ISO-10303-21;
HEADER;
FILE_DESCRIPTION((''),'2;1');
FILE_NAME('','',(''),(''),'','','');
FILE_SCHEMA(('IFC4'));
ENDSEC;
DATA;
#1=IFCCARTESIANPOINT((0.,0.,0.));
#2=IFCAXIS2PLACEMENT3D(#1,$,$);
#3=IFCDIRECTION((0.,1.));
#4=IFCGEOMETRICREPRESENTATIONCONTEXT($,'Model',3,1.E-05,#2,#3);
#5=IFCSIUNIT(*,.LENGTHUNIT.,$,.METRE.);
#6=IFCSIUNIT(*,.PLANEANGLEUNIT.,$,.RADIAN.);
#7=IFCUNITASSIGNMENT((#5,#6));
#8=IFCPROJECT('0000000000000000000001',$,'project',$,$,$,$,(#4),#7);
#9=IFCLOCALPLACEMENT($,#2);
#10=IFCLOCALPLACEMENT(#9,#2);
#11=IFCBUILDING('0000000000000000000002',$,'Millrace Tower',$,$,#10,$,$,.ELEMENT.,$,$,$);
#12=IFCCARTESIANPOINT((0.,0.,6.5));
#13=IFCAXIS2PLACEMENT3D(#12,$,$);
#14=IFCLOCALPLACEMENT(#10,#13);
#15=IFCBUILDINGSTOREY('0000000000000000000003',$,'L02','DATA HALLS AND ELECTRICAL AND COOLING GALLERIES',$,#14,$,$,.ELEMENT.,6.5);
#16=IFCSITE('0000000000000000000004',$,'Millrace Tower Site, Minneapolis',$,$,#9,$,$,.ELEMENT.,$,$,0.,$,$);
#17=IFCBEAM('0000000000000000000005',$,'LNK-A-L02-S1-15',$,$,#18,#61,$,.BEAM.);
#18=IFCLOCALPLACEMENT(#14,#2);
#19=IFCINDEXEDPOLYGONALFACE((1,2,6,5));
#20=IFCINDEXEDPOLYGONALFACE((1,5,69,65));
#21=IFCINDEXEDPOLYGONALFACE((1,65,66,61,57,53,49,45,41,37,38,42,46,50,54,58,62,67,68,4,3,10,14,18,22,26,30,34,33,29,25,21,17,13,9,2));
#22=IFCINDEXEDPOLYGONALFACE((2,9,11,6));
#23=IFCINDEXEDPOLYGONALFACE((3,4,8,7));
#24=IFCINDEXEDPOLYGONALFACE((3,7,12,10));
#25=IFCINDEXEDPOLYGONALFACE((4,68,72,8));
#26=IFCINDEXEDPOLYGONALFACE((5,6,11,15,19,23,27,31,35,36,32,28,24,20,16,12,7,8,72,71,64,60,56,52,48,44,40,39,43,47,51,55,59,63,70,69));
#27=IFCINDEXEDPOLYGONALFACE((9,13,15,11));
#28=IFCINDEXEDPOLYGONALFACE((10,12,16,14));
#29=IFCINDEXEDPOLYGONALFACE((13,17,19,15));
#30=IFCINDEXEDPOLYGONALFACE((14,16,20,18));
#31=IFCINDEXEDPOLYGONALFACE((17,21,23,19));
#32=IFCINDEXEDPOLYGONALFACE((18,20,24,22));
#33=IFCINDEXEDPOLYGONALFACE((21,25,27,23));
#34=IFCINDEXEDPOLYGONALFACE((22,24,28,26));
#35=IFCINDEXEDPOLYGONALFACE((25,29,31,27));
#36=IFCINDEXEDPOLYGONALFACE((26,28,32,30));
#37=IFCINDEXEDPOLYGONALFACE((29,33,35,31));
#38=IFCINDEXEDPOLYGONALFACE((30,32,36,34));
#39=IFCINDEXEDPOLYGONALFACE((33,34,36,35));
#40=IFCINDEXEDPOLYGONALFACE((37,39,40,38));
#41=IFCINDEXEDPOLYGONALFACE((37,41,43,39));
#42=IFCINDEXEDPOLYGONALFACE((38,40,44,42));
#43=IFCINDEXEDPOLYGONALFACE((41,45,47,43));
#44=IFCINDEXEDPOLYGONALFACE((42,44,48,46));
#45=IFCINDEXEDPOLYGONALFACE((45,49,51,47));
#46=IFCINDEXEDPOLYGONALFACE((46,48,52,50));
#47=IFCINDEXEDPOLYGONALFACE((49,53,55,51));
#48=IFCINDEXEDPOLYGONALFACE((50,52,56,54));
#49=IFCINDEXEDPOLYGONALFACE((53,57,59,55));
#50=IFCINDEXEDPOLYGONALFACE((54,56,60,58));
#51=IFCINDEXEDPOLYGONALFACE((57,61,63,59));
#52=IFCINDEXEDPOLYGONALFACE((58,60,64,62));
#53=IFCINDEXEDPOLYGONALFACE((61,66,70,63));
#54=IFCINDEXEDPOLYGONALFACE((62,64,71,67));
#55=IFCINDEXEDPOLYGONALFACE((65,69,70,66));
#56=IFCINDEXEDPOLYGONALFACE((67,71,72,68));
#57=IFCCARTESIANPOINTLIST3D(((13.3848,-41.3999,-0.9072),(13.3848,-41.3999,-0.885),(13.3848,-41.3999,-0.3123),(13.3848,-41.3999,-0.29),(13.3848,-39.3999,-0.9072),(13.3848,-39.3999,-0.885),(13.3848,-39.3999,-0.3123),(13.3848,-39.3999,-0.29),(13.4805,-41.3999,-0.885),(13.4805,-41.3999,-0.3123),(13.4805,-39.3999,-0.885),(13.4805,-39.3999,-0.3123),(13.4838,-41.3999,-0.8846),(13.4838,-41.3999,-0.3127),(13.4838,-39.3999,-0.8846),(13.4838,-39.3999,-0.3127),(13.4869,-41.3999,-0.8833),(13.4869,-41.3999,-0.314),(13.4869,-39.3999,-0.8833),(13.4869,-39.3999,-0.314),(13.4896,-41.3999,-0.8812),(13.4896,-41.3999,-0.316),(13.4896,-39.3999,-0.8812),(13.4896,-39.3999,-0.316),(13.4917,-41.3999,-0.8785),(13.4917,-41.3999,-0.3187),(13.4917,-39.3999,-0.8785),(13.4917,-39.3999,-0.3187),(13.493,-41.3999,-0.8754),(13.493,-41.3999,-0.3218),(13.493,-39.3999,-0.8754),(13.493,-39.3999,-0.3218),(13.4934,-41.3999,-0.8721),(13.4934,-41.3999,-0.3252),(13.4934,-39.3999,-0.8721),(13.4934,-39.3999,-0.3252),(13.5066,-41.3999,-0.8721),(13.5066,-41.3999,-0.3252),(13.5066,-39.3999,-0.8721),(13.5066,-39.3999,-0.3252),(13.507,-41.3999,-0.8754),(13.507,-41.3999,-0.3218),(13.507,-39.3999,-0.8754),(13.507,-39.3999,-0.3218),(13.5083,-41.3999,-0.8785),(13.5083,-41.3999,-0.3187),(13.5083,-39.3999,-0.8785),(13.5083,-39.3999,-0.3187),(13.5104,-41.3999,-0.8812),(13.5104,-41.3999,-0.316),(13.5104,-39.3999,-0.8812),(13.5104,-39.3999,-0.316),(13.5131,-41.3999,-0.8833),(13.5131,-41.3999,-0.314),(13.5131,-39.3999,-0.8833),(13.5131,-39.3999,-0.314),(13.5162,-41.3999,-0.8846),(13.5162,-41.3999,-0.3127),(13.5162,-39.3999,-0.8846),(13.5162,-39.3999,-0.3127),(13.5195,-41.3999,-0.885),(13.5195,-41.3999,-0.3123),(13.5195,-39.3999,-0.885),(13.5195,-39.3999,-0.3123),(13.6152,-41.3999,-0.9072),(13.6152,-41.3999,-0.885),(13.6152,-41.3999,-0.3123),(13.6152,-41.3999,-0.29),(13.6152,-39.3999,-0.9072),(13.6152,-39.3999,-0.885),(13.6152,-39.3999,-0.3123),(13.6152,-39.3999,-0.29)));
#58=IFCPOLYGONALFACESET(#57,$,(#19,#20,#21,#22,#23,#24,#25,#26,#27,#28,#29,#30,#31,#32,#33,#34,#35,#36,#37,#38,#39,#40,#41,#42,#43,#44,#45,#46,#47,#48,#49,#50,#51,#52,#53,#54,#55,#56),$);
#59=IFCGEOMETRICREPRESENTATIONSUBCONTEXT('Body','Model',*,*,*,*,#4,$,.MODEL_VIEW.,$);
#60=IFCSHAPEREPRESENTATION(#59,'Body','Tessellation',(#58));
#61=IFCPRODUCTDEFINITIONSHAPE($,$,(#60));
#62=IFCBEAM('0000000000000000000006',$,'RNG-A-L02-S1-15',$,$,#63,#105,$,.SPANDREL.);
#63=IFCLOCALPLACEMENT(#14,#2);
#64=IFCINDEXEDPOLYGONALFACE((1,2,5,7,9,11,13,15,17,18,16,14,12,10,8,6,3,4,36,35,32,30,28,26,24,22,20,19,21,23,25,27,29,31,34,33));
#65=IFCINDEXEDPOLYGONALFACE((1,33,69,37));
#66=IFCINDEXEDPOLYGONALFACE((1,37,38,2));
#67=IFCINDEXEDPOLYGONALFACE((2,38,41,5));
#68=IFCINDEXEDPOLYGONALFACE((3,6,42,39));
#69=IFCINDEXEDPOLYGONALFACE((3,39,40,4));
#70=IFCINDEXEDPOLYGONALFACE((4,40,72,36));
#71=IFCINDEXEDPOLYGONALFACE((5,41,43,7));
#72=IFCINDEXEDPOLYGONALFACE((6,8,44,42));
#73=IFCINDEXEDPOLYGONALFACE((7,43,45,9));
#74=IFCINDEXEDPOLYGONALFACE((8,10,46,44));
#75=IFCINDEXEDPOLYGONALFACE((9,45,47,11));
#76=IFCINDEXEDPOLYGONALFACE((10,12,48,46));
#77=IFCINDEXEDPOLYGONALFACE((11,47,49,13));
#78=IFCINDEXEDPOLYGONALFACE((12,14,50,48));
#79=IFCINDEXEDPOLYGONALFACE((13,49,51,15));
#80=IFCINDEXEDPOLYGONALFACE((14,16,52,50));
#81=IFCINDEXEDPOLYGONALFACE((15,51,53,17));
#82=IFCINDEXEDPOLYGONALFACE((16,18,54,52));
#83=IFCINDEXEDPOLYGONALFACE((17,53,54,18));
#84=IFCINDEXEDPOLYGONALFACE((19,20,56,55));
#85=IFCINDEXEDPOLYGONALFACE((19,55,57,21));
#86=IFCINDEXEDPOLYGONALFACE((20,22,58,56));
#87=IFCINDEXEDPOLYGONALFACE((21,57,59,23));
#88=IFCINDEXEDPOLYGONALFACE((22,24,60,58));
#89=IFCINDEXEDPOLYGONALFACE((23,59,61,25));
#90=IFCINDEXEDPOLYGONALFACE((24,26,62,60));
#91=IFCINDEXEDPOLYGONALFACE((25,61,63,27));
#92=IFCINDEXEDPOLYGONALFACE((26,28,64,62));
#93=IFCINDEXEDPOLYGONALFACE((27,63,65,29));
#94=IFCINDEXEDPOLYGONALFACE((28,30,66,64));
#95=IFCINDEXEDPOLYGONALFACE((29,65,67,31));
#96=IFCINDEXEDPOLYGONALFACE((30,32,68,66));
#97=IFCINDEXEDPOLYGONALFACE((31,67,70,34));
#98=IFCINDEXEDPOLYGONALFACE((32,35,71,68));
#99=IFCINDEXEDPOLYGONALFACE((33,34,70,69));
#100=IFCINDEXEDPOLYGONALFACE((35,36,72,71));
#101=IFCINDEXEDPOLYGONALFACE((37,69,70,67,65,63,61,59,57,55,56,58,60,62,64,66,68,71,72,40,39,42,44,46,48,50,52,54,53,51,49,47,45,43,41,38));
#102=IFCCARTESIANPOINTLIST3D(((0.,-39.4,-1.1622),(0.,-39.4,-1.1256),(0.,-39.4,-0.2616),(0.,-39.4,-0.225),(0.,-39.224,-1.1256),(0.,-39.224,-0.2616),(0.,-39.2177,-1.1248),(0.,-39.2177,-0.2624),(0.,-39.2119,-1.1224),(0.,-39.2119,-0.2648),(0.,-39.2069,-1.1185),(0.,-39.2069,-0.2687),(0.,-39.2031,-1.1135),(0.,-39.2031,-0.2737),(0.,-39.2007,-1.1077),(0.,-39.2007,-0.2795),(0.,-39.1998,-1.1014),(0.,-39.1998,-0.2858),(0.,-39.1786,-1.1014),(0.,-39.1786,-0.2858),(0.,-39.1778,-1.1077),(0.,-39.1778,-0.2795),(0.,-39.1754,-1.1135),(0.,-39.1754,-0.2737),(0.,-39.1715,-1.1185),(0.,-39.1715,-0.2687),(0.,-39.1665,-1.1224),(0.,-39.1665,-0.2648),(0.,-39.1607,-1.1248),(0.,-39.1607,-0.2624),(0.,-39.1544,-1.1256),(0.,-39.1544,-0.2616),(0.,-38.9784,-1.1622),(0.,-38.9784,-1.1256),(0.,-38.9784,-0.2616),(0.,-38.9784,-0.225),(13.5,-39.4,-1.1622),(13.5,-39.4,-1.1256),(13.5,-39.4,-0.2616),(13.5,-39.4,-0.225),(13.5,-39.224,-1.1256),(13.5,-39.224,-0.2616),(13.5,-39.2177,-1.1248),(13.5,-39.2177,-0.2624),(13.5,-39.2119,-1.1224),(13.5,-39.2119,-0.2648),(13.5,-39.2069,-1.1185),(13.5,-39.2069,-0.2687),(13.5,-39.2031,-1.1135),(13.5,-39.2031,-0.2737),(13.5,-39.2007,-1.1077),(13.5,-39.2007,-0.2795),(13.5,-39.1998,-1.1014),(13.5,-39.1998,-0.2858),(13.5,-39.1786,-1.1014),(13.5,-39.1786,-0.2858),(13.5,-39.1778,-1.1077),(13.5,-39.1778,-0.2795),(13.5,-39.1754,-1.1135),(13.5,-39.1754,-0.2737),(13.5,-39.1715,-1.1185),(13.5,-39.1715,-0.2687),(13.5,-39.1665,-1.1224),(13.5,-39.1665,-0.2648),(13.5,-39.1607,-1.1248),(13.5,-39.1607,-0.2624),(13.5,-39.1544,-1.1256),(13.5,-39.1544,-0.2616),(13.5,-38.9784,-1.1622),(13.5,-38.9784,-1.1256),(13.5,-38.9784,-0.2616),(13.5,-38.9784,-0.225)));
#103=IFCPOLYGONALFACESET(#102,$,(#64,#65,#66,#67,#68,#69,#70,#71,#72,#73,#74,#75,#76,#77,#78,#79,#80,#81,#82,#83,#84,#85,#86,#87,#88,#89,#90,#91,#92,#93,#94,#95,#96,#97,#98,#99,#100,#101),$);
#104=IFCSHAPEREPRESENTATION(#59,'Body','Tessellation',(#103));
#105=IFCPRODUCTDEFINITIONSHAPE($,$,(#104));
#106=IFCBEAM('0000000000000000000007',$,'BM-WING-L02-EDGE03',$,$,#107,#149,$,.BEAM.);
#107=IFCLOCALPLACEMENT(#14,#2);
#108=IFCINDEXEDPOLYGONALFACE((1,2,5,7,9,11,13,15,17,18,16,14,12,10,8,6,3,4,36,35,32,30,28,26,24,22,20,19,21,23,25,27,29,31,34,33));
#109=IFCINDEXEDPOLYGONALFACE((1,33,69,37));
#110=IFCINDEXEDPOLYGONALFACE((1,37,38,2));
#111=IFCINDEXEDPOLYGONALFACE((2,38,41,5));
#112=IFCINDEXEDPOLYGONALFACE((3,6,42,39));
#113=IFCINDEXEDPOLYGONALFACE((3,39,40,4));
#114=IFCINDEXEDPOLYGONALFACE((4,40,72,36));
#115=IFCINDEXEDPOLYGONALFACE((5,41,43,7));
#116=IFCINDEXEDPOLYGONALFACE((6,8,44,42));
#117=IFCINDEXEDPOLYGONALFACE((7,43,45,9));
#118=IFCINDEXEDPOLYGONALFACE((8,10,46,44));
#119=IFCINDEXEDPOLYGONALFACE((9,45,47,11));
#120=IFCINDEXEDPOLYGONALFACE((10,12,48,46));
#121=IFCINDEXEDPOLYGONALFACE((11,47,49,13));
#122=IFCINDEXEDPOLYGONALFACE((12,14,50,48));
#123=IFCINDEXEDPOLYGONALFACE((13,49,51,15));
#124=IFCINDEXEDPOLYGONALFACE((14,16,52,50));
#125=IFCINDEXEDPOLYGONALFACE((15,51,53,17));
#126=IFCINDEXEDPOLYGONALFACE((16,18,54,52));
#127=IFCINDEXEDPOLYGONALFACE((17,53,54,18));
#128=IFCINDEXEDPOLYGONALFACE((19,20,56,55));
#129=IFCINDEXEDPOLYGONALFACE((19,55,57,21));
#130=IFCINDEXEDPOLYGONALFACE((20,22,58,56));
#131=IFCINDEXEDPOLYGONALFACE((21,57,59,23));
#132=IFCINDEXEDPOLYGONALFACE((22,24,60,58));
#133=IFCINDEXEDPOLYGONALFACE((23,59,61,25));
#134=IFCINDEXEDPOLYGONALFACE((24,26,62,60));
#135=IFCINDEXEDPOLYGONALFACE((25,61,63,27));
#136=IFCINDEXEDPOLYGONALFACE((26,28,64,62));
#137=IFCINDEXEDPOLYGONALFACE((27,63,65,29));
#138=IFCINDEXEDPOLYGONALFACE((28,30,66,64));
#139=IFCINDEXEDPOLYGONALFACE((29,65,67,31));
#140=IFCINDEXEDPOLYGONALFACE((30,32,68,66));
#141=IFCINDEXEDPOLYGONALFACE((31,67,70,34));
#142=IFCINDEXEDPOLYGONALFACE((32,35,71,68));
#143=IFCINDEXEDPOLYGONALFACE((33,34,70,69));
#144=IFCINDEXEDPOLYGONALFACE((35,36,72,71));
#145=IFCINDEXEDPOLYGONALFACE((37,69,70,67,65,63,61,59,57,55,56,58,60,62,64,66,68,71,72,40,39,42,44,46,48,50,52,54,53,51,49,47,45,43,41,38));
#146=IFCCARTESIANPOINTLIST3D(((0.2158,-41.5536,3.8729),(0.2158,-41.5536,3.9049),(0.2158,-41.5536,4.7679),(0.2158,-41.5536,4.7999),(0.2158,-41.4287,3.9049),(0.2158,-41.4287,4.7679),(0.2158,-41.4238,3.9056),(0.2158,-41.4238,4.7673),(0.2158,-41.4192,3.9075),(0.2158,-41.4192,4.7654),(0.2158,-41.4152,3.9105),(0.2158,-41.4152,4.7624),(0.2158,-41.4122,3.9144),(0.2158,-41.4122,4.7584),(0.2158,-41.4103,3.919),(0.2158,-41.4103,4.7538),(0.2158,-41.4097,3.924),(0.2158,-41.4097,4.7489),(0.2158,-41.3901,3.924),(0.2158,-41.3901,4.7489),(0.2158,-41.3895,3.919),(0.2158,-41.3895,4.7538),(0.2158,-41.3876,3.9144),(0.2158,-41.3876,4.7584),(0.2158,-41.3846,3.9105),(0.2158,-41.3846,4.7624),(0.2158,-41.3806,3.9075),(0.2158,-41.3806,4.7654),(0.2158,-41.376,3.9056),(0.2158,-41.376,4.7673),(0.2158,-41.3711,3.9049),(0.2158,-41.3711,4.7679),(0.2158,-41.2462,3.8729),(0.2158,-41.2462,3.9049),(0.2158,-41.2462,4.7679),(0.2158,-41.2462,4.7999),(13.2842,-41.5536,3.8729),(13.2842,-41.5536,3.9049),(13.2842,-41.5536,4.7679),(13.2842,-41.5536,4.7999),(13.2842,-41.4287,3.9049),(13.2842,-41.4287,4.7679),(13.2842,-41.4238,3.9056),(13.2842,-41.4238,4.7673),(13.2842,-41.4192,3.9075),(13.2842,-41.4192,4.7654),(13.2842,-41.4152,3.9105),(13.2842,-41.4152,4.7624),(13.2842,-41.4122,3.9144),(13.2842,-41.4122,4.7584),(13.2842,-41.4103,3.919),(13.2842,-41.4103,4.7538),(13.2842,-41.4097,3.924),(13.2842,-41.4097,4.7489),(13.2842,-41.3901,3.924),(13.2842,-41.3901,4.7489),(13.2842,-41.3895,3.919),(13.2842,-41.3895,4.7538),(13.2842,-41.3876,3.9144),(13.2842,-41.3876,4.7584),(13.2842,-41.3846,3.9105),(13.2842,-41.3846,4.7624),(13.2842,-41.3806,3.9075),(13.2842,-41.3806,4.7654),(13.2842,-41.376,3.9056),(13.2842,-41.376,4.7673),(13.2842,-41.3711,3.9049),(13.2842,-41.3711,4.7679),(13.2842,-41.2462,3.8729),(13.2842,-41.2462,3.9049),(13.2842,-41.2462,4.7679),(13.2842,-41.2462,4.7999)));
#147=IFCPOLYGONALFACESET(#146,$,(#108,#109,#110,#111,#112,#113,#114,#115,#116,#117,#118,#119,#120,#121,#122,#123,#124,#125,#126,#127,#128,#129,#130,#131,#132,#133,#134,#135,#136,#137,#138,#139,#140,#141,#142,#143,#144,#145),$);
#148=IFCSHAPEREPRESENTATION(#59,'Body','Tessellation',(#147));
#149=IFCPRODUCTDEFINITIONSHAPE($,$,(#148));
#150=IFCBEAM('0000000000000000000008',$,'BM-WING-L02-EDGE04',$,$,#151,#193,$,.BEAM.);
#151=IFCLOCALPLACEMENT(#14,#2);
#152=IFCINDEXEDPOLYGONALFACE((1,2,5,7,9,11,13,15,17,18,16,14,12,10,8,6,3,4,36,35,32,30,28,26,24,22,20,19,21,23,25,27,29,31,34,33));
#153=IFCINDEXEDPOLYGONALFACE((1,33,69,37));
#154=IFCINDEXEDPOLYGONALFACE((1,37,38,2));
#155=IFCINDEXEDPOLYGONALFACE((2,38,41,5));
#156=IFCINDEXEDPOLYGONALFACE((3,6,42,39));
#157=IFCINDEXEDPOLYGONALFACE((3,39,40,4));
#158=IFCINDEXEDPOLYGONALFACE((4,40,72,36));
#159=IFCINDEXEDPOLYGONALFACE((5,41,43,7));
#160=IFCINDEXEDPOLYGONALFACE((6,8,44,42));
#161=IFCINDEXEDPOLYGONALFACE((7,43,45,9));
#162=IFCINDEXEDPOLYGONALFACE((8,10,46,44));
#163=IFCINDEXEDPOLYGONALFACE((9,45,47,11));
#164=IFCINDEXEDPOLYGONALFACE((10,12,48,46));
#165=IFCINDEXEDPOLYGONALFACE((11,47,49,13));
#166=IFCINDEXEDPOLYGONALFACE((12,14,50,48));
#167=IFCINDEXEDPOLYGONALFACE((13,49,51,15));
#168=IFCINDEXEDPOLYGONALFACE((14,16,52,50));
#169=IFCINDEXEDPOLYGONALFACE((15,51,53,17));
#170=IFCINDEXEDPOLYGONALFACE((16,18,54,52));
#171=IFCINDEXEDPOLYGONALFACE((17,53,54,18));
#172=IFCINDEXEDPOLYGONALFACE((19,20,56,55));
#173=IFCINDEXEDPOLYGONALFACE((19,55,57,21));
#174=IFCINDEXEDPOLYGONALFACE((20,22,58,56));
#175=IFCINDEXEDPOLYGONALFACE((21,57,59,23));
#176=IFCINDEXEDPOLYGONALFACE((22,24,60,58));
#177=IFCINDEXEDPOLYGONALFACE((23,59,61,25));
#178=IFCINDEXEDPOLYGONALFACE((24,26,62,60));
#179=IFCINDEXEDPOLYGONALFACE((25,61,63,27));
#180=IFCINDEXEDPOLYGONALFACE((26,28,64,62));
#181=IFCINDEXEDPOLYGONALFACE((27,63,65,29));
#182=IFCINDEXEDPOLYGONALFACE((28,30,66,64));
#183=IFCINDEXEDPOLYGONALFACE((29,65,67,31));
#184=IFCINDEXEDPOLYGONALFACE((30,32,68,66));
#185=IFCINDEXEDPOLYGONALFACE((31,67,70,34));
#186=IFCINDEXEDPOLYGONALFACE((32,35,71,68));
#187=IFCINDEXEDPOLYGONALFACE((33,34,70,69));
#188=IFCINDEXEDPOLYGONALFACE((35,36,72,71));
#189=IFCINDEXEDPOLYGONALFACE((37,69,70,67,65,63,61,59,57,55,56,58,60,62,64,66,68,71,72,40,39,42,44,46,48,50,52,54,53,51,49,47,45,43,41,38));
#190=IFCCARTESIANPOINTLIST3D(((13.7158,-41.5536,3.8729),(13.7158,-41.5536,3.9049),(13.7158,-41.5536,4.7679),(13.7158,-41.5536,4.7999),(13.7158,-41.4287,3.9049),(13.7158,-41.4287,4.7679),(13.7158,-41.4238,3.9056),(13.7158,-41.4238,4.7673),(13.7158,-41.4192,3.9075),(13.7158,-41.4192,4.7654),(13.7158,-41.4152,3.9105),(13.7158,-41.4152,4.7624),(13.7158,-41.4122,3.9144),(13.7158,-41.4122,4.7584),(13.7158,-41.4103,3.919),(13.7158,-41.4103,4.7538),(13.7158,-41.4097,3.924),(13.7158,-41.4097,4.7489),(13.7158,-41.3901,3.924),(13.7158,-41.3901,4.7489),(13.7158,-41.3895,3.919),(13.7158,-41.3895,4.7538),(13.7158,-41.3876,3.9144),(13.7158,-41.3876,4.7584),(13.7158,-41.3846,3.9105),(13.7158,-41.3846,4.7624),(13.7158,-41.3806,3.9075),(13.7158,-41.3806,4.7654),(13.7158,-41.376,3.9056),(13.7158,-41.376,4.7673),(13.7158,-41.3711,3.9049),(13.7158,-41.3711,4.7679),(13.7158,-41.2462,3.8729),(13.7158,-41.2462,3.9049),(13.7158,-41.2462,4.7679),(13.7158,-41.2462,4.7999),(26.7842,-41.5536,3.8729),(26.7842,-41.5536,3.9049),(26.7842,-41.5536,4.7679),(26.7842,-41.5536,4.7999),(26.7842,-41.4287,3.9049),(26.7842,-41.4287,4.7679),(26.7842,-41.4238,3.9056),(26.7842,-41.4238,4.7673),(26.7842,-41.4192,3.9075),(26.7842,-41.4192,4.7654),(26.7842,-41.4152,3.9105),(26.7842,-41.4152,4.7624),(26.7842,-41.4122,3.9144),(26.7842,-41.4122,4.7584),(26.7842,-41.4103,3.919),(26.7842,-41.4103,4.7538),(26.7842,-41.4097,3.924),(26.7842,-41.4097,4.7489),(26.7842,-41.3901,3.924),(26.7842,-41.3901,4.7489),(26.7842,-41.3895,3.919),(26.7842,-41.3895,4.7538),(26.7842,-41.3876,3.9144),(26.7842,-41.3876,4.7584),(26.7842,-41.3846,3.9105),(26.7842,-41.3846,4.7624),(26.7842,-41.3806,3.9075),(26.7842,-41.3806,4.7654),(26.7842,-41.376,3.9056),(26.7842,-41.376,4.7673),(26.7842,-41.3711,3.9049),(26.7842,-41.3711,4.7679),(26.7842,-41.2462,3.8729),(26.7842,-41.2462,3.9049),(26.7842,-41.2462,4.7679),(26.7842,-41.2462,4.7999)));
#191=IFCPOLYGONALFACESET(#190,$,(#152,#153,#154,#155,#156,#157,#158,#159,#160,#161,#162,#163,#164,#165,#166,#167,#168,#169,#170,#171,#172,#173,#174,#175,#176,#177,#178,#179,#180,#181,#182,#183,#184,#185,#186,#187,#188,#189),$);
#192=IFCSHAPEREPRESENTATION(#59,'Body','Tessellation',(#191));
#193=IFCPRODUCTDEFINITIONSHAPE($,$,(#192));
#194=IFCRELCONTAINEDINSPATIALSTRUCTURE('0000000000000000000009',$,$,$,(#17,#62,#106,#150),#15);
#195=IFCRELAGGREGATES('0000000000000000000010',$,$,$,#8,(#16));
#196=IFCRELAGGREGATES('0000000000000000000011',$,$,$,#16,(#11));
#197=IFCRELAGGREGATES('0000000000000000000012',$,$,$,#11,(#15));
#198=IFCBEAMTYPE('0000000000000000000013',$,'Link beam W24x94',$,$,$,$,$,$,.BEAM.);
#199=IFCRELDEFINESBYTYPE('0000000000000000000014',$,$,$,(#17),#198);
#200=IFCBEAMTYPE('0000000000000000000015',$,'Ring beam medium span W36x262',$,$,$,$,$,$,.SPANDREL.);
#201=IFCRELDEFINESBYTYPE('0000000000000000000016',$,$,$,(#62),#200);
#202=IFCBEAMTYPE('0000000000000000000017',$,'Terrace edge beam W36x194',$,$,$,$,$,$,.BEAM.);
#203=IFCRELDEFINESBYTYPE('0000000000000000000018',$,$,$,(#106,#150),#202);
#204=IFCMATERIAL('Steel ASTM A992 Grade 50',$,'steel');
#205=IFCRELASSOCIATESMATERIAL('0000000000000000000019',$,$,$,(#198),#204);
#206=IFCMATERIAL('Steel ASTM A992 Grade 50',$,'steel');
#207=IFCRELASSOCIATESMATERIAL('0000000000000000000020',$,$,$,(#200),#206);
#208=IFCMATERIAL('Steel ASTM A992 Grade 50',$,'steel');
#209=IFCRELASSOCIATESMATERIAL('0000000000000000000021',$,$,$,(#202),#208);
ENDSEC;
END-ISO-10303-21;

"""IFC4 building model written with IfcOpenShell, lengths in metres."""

from ifc_helpers import new_model, si_unit, direction, frame, origin, origin_2d, place, context, subcontext, project, spatial, i_section, extrude, material, material_profile, profile_set, type_object, element, save


model = new_model("IFC4")

# Units and contexts
model_context = context("Model", 3, precision=1e-05, world=origin(), true_north=direction((0.0, 1.0)))
body_context = subcontext(model_context, "Body", "Model", "MODEL_VIEW")
ifc_project = project(units=[si_unit("LENGTHUNIT", "METRE"), si_unit("PLANEANGLEUNIT", "RADIAN")], contexts=[model_context])

# Site, building, storey
site_placement = place(None, origin())
site = spatial("IfcSite", under=ifc_project, at=site_placement, Name="Millrace Tower Site, Minneapolis", CompositionType="ELEMENT", RefElevation=0.0)
building_placement = place(site_placement, origin())
building = spatial("IfcBuilding", under=site, at=building_placement, Name="Millrace Tower", CompositionType="ELEMENT")
storey_placement = place(building_placement, frame((0.0, 0.0, 6.5)))
storey = spatial("IfcBuildingStorey", under=building, at=storey_placement, Name="L02", Description="DATA HALLS AND ELECTRICAL AND COOLING GALLERIES", CompositionType="ELEMENT", Elevation=6.5)

# Beams
ifc_material_1 = material(Name="Steel ASTM A992 Grade 50", Category="steel")
ifc_material_profile_1 = material_profile(ifc_material_1, i_section(OverallWidth=0.2305, OverallDepth=0.6172, WebThickness=0.0132, FlangeThickness=0.0222, FilletRadius=0.0129, at=origin_2d()))
ifc_profile_set_1 = profile_set([ifc_material_profile_1], Name="Steel ASTM A992 Grade 50")
beam_type_1 = type_object("IfcBeamType", Name="Link beam W24x94", PredefinedType="BEAM", material=ifc_profile_set_1)
beam_1_placement = place(storey_placement, frame((13.5, -39.3999, -0.5986), z_axis=(0.0, -1.0, 0.0), x_axis=(1.0, 0.0, 0.0)))
element("IfcBeam", 1, at=beam_1_placement, inside=storey, type_object=beam_type_1, Name="LNK-A-L02-S1-15", PredefinedType="BEAM", context=body_context, shape_type="SweptSolid", body=[
    extrude(i_section(OverallWidth=0.2305, OverallDepth=0.6172, WebThickness=0.0132, FlangeThickness=0.0222, FilletRadius=0.0129, at=origin_2d()), origin(), (0.0, 0.0, 1.0), 2.0),
])
ifc_material_2 = material(Name="Steel ASTM A992 Grade 50", Category="steel")
ifc_material_profile_2 = material_profile(ifc_material_2, i_section(OverallWidth=0.4216, OverallDepth=0.9373, WebThickness=0.0212, FlangeThickness=0.0366, FilletRadius=0.0242, at=origin_2d()))
ifc_profile_set_2 = profile_set([ifc_material_profile_2], Name="Steel ASTM A992 Grade 50")
beam_type_2 = type_object("IfcBeamType", Name="Ring beam medium span W36x262", PredefinedType="SPANDREL", material=ifc_profile_set_2)
beam_2_placement = place(storey_placement, frame((13.5, -39.1892, -0.6936), z_axis=(-1.0, 0.0, 0.0), x_axis=(0.0, -1.0, 0.0)))
element("IfcBeam", 2, at=beam_2_placement, inside=storey, type_object=beam_type_2, Name="RNG-A-L02-S1-15", PredefinedType="SPANDREL", context=body_context, shape_type="SweptSolid", body=[
    extrude(i_section(OverallWidth=0.4216, OverallDepth=0.9373, WebThickness=0.0212, FlangeThickness=0.0366, FilletRadius=0.0242, at=origin_2d()), origin(), (0.0, 0.0, 1.0), 13.5),
])
ifc_material_3 = material(Name="Steel ASTM A992 Grade 50", Category="steel")
ifc_material_profile_3 = material_profile(ifc_material_3, i_section(OverallWidth=0.3074, OverallDepth=0.927, WebThickness=0.0195, FlangeThickness=0.032, FilletRadius=0.019, at=origin_2d()))
ifc_profile_set_3 = profile_set([ifc_material_profile_3], Name="Steel ASTM A992 Grade 50")
beam_type_3 = type_object("IfcBeamType", Name="Terrace edge beam W36x194", PredefinedType="BEAM", material=ifc_profile_set_3)
for number, where, z_axis, x_axis, name in (
    (3, (0.2158, -41.3999, 4.3364), (1.0, 0.0, 0.0), (0.0, 1.0, 0.0), "BM-WING-L02-EDGE03"),
    (4, (13.7158, -41.3999, 4.3364), (1.0, 0.0, 0.0), (0.0, 1.0, 0.0), "BM-WING-L02-EDGE04"),
):
    element("IfcBeam", number, at=place(storey_placement, frame(where, z_axis=z_axis, x_axis=x_axis)), inside=storey, type_object=beam_type_3, Name=name, PredefinedType="BEAM", context=body_context, shape_type="SweptSolid", body=[
        extrude(i_section(OverallWidth=0.3074, OverallDepth=0.927, WebThickness=0.0195, FlangeThickness=0.032, FilletRadius=0.019, at=origin_2d()), origin(), (0.0, 0.0, 1.0), 13.0684),
    ])

save(model, "model.ifc")
